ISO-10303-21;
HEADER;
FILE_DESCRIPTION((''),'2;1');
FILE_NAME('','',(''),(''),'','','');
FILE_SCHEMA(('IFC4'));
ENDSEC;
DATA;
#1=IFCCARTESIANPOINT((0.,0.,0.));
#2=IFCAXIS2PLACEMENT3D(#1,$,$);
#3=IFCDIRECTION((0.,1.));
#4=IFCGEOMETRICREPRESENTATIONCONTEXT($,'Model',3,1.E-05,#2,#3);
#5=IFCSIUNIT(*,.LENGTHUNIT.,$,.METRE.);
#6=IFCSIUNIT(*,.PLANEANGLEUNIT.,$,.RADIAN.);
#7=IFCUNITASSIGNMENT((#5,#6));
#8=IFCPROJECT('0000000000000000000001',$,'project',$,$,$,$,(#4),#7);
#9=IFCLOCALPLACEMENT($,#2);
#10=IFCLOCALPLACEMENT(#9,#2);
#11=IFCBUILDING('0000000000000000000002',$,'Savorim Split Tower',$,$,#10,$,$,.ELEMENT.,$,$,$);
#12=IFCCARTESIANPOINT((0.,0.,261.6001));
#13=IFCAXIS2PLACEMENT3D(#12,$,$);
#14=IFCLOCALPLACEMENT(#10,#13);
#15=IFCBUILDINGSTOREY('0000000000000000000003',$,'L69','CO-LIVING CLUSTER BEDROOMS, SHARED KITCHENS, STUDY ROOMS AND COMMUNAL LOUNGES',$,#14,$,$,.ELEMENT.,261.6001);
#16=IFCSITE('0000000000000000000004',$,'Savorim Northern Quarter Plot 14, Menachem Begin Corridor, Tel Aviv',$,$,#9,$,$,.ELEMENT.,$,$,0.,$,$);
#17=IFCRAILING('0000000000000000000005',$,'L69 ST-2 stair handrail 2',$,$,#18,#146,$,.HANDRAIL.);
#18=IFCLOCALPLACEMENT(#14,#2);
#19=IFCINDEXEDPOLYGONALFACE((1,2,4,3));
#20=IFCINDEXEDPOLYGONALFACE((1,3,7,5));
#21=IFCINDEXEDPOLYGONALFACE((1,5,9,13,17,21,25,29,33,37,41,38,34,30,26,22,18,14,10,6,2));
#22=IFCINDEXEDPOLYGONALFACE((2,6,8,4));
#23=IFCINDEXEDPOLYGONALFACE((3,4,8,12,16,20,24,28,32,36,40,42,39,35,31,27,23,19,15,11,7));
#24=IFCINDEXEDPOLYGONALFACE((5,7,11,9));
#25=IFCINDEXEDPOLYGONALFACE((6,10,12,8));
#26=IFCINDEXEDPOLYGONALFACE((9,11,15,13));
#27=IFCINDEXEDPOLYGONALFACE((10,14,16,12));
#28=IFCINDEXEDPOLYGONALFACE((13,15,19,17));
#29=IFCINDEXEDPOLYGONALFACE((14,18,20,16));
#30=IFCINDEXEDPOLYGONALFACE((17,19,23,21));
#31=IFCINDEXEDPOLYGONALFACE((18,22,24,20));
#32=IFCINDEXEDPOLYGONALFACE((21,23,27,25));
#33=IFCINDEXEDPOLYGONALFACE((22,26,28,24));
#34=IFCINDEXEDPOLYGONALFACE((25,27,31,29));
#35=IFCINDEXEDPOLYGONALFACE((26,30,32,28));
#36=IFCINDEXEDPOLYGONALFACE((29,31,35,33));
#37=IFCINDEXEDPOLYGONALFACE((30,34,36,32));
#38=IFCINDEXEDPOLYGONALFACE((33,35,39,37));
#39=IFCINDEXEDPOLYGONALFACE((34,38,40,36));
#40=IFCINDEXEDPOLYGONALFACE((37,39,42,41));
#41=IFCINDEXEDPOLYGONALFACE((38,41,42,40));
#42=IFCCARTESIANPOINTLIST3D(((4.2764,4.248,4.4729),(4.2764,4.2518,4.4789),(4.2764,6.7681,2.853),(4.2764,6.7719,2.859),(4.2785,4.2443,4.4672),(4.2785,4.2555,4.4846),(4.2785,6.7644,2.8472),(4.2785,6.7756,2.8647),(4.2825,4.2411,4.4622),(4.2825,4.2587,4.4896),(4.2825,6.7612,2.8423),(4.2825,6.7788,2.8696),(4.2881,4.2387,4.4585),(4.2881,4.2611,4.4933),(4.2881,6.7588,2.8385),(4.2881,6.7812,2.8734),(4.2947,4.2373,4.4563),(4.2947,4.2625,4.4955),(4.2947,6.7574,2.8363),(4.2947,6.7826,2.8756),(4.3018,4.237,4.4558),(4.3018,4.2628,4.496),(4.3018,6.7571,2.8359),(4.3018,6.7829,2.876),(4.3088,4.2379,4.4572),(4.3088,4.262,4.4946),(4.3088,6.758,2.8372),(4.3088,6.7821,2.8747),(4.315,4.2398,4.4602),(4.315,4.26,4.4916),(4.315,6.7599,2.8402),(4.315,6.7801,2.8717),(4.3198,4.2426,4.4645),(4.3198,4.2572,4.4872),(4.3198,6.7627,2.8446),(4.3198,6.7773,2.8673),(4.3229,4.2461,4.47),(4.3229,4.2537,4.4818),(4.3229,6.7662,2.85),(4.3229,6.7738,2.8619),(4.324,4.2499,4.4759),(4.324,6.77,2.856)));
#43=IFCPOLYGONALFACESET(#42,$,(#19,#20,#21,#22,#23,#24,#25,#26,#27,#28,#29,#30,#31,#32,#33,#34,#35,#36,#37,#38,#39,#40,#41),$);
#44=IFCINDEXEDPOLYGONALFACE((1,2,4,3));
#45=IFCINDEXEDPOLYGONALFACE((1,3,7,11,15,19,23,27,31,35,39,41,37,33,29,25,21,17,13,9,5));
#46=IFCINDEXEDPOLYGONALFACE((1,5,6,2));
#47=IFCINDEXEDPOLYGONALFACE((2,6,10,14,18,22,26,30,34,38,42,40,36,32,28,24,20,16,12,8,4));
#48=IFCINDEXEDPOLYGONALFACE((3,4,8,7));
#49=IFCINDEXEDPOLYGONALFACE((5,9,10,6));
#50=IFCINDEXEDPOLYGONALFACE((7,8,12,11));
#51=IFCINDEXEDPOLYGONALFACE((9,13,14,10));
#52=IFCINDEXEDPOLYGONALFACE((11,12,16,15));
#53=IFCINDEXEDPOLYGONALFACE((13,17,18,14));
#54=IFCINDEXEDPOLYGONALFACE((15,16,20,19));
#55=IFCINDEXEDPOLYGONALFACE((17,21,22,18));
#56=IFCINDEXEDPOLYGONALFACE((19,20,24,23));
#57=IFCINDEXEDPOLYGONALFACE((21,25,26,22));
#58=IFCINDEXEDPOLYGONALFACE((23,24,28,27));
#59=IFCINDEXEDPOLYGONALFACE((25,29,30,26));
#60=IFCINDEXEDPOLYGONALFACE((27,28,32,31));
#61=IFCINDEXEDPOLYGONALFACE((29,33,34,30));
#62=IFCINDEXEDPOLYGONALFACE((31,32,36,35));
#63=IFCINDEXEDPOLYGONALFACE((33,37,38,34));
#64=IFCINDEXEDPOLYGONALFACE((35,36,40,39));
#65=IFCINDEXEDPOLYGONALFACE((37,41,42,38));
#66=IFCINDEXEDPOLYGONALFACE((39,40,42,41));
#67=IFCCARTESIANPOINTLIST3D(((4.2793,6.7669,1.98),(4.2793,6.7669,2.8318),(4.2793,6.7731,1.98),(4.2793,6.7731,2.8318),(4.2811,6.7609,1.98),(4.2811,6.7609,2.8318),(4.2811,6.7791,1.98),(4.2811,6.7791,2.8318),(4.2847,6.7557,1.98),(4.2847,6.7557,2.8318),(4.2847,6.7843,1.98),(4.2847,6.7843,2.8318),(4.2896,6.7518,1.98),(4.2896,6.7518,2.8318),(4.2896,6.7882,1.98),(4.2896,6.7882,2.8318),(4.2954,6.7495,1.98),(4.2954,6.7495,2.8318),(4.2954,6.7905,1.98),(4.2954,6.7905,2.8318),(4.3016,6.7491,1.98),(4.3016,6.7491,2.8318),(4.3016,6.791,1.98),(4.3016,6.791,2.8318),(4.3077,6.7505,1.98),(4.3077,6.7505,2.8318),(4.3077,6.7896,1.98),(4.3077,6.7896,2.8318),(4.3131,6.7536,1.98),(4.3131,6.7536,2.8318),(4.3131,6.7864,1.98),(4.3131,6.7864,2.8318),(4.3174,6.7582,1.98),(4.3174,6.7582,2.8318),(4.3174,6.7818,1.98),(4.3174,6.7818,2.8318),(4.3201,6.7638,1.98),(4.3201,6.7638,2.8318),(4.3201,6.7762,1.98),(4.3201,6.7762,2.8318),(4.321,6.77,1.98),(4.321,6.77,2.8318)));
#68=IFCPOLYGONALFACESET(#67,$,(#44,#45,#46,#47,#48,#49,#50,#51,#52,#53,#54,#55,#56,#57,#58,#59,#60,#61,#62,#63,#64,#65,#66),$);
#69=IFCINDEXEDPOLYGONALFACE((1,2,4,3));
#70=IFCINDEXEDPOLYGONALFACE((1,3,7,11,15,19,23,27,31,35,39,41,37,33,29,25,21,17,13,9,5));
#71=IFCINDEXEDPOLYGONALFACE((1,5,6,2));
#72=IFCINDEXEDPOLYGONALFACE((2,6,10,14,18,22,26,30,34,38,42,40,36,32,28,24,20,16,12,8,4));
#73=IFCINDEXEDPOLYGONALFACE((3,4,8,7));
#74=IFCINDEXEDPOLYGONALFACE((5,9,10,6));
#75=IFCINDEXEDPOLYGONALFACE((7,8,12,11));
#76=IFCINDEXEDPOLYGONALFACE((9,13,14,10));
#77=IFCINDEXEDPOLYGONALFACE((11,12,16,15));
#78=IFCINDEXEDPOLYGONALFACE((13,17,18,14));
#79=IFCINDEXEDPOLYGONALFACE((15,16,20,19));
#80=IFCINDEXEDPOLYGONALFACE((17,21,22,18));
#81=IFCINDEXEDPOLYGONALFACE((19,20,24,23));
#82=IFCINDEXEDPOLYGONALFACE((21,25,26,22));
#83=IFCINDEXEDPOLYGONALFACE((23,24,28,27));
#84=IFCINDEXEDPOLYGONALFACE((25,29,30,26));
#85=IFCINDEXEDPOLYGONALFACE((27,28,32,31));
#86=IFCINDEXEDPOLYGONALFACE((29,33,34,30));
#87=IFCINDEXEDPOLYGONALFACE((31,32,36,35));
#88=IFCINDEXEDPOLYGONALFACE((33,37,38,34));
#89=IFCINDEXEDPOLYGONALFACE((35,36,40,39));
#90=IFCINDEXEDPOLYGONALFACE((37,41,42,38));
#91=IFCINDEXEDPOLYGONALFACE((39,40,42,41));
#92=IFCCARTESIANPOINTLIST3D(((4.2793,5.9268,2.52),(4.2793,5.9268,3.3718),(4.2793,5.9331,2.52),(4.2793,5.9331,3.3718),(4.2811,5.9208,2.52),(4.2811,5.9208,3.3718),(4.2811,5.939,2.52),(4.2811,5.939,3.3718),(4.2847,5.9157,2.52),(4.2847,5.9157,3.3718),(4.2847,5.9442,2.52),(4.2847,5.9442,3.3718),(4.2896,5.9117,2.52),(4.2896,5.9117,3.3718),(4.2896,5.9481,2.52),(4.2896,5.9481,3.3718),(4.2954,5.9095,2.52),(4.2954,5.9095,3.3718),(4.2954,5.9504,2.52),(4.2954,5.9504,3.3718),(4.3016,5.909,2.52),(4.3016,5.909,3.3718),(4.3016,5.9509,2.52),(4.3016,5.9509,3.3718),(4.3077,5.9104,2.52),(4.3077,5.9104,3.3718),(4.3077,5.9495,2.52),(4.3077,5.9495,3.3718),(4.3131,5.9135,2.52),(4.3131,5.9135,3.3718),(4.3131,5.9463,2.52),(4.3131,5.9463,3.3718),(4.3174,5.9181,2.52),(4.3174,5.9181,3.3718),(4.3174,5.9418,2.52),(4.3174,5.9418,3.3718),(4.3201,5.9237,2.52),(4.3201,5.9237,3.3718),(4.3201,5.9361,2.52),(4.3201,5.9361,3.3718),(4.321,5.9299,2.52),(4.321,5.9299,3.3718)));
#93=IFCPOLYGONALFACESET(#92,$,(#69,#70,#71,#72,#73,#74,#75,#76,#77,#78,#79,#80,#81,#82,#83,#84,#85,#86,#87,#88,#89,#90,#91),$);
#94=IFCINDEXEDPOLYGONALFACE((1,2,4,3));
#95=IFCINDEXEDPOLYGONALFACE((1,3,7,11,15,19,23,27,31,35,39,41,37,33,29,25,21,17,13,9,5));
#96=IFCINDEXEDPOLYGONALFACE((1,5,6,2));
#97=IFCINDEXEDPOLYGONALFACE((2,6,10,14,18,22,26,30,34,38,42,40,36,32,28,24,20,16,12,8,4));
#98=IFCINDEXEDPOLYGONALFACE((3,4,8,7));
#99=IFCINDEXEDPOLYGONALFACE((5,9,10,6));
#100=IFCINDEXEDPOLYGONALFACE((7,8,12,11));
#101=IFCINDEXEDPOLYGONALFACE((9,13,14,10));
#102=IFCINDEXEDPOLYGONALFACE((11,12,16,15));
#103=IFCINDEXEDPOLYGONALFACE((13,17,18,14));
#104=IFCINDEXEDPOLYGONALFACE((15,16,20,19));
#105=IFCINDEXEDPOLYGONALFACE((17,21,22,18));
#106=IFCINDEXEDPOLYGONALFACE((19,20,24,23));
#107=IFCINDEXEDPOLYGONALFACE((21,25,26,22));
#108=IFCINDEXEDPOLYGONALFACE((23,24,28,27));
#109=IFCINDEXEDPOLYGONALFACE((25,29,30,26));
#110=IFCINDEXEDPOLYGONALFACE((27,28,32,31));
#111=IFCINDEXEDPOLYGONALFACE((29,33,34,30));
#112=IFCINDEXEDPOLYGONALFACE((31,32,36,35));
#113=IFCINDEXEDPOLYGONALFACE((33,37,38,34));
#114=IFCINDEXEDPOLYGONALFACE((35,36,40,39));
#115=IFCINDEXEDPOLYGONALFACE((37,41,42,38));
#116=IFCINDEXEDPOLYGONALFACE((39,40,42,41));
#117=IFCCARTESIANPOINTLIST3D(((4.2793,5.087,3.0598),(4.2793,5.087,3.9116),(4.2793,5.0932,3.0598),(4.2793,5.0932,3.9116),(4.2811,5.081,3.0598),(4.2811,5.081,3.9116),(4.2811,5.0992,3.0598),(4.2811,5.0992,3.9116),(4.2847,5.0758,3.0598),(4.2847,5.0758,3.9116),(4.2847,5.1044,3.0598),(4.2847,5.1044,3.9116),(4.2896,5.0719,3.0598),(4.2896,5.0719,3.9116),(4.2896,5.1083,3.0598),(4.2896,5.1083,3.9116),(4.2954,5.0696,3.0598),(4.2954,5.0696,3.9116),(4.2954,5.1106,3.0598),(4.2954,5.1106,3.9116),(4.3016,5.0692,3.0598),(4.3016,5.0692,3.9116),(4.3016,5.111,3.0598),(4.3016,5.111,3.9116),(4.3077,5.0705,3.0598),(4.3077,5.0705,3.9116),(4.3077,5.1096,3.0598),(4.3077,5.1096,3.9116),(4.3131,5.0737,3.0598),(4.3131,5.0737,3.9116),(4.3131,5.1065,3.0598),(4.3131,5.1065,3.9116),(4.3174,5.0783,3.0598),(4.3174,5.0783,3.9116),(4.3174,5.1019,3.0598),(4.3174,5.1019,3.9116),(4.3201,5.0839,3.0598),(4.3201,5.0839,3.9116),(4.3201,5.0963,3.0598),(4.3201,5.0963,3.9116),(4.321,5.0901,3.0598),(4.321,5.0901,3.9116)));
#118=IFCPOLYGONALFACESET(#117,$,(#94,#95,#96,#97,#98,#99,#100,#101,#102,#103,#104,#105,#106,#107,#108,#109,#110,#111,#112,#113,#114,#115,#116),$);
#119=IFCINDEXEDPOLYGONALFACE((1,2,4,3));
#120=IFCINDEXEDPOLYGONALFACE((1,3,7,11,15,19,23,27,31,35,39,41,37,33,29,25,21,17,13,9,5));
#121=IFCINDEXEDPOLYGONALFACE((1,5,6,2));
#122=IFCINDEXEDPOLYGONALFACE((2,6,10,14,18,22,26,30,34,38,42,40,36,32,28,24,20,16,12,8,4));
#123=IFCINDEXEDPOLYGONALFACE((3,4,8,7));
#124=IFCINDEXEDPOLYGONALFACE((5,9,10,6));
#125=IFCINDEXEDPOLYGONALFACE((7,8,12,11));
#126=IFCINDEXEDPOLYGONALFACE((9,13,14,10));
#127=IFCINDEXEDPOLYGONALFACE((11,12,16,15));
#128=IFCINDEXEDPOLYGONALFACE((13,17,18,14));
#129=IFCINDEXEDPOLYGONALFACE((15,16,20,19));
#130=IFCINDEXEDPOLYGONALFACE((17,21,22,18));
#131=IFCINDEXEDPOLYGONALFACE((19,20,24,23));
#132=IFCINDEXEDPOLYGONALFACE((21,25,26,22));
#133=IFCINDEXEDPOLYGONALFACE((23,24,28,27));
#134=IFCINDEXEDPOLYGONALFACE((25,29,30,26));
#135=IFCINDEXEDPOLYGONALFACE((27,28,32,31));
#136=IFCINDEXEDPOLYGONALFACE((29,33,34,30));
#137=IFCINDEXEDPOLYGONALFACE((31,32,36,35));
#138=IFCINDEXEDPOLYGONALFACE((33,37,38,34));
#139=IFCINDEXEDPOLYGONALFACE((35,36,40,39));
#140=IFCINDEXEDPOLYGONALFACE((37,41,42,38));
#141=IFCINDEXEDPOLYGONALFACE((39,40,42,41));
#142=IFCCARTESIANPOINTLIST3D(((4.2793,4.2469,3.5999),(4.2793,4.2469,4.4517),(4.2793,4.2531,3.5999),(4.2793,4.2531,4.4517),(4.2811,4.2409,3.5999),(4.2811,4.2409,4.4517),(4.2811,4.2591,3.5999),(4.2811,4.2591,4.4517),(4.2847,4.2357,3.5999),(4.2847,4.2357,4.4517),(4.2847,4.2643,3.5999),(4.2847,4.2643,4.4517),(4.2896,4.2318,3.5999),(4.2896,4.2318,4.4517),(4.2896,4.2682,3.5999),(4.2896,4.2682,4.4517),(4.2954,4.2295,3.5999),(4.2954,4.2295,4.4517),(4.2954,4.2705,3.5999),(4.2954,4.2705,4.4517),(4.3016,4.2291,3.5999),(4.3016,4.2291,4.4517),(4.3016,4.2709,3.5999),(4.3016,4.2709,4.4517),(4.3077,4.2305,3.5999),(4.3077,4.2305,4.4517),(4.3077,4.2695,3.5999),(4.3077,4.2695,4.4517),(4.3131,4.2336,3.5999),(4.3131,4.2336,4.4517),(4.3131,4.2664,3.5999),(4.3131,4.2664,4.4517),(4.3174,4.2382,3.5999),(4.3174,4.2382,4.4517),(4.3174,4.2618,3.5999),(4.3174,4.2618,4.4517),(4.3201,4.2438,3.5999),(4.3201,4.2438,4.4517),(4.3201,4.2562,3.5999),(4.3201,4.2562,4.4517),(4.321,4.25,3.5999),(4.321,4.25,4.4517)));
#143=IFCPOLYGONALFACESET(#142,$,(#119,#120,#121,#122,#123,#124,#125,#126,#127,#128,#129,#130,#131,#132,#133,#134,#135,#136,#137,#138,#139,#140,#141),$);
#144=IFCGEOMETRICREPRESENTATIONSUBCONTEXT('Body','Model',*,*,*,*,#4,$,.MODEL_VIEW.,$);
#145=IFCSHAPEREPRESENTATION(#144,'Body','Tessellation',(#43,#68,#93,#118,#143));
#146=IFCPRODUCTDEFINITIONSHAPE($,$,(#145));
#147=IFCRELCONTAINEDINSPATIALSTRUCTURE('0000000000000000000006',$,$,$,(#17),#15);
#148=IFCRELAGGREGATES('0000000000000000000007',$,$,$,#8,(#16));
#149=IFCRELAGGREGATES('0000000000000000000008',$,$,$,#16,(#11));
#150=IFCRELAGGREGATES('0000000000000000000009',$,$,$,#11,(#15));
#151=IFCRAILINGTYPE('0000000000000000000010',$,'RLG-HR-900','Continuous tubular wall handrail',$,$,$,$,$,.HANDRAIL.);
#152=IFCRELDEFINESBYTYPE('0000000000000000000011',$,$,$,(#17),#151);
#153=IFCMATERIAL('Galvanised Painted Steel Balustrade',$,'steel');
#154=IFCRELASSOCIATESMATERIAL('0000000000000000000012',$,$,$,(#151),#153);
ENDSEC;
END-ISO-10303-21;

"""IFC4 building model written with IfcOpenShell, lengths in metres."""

from ifc_helpers import new_model, si_unit, direction, frame, origin, origin_2d, place, context, subcontext, project, spatial, circle, extrude, material, type_object, element, save


model = new_model("IFC4")

# Units and contexts
model_context = context("Model", 3, precision=1e-05, world=origin(), true_north=direction((0.0, 1.0)))
body_context = subcontext(model_context, "Body", "Model", "MODEL_VIEW")
ifc_project = project(units=[si_unit("LENGTHUNIT", "METRE"), si_unit("PLANEANGLEUNIT", "RADIAN")], contexts=[model_context])

# Site, building, storey
site_placement = place(None, origin())
site = spatial("IfcSite", under=ifc_project, at=site_placement, Name="Savorim Northern Quarter Plot 14, Menachem Begin Corridor, Tel Aviv", CompositionType="ELEMENT", RefElevation=0.0)
building_placement = place(site_placement, origin())
building = spatial("IfcBuilding", under=site, at=building_placement, Name="Savorim Split Tower", CompositionType="ELEMENT")
storey_placement = place(building_placement, frame((0.0, 0.0, 261.6001)))
storey = spatial("IfcBuildingStorey", under=building, at=storey_placement, Name="L69", Description="CO-LIVING CLUSTER BEDROOMS, SHARED KITCHENS, STUDY ROOMS AND COMMUNAL LOUNGES", CompositionType="ELEMENT", Elevation=261.6001)

# Railing
ifc_material_1 = material(Name="Galvanised Painted Steel Balustrade", Category="steel")
railing_type_1 = type_object("IfcRailingType", Name="RLG-HR-900", Description="Continuous tubular wall handrail", PredefinedType="HANDRAIL", material=ifc_material_1)
railing_1_placement = place(storey_placement, frame((4.3, 6.77, 1.98)))
element("IfcRailing", 1, at=railing_1_placement, inside=storey, type_object=railing_type_1, Name="L69 ST-2 stair handrail 2", PredefinedType="HANDRAIL", context=body_context, shape_type="SweptSolid", body=[
    extrude(circle(Radius=0.0239, at=origin_2d()), frame((0.0, 0.0, 0.876), z_axis=(0.0, -0.8412, 0.540725), x_axis=(1.0, 0.0, 0.0)), (0.0, 0.0, 1.0), 2.9958),
    extrude(circle(Radius=0.021, at=origin_2d()), origin(), (0.0, 0.0, 1.0), 0.8518),
    extrude(circle(Radius=0.021, at=origin_2d()), frame((0.0, -0.8401, 0.54)), (0.0, 0.0, 1.0), 0.8518),
    extrude(circle(Radius=0.021, at=origin_2d()), frame((0.0, -1.6799, 1.0798)), (0.0, 0.0, 1.0), 0.8518),
    extrude(circle(Radius=0.021, at=origin_2d()), frame((0.0, -2.52, 1.6199)), (0.0, 0.0, 1.0), 0.8518),
])

save(model, "model.ifc")
